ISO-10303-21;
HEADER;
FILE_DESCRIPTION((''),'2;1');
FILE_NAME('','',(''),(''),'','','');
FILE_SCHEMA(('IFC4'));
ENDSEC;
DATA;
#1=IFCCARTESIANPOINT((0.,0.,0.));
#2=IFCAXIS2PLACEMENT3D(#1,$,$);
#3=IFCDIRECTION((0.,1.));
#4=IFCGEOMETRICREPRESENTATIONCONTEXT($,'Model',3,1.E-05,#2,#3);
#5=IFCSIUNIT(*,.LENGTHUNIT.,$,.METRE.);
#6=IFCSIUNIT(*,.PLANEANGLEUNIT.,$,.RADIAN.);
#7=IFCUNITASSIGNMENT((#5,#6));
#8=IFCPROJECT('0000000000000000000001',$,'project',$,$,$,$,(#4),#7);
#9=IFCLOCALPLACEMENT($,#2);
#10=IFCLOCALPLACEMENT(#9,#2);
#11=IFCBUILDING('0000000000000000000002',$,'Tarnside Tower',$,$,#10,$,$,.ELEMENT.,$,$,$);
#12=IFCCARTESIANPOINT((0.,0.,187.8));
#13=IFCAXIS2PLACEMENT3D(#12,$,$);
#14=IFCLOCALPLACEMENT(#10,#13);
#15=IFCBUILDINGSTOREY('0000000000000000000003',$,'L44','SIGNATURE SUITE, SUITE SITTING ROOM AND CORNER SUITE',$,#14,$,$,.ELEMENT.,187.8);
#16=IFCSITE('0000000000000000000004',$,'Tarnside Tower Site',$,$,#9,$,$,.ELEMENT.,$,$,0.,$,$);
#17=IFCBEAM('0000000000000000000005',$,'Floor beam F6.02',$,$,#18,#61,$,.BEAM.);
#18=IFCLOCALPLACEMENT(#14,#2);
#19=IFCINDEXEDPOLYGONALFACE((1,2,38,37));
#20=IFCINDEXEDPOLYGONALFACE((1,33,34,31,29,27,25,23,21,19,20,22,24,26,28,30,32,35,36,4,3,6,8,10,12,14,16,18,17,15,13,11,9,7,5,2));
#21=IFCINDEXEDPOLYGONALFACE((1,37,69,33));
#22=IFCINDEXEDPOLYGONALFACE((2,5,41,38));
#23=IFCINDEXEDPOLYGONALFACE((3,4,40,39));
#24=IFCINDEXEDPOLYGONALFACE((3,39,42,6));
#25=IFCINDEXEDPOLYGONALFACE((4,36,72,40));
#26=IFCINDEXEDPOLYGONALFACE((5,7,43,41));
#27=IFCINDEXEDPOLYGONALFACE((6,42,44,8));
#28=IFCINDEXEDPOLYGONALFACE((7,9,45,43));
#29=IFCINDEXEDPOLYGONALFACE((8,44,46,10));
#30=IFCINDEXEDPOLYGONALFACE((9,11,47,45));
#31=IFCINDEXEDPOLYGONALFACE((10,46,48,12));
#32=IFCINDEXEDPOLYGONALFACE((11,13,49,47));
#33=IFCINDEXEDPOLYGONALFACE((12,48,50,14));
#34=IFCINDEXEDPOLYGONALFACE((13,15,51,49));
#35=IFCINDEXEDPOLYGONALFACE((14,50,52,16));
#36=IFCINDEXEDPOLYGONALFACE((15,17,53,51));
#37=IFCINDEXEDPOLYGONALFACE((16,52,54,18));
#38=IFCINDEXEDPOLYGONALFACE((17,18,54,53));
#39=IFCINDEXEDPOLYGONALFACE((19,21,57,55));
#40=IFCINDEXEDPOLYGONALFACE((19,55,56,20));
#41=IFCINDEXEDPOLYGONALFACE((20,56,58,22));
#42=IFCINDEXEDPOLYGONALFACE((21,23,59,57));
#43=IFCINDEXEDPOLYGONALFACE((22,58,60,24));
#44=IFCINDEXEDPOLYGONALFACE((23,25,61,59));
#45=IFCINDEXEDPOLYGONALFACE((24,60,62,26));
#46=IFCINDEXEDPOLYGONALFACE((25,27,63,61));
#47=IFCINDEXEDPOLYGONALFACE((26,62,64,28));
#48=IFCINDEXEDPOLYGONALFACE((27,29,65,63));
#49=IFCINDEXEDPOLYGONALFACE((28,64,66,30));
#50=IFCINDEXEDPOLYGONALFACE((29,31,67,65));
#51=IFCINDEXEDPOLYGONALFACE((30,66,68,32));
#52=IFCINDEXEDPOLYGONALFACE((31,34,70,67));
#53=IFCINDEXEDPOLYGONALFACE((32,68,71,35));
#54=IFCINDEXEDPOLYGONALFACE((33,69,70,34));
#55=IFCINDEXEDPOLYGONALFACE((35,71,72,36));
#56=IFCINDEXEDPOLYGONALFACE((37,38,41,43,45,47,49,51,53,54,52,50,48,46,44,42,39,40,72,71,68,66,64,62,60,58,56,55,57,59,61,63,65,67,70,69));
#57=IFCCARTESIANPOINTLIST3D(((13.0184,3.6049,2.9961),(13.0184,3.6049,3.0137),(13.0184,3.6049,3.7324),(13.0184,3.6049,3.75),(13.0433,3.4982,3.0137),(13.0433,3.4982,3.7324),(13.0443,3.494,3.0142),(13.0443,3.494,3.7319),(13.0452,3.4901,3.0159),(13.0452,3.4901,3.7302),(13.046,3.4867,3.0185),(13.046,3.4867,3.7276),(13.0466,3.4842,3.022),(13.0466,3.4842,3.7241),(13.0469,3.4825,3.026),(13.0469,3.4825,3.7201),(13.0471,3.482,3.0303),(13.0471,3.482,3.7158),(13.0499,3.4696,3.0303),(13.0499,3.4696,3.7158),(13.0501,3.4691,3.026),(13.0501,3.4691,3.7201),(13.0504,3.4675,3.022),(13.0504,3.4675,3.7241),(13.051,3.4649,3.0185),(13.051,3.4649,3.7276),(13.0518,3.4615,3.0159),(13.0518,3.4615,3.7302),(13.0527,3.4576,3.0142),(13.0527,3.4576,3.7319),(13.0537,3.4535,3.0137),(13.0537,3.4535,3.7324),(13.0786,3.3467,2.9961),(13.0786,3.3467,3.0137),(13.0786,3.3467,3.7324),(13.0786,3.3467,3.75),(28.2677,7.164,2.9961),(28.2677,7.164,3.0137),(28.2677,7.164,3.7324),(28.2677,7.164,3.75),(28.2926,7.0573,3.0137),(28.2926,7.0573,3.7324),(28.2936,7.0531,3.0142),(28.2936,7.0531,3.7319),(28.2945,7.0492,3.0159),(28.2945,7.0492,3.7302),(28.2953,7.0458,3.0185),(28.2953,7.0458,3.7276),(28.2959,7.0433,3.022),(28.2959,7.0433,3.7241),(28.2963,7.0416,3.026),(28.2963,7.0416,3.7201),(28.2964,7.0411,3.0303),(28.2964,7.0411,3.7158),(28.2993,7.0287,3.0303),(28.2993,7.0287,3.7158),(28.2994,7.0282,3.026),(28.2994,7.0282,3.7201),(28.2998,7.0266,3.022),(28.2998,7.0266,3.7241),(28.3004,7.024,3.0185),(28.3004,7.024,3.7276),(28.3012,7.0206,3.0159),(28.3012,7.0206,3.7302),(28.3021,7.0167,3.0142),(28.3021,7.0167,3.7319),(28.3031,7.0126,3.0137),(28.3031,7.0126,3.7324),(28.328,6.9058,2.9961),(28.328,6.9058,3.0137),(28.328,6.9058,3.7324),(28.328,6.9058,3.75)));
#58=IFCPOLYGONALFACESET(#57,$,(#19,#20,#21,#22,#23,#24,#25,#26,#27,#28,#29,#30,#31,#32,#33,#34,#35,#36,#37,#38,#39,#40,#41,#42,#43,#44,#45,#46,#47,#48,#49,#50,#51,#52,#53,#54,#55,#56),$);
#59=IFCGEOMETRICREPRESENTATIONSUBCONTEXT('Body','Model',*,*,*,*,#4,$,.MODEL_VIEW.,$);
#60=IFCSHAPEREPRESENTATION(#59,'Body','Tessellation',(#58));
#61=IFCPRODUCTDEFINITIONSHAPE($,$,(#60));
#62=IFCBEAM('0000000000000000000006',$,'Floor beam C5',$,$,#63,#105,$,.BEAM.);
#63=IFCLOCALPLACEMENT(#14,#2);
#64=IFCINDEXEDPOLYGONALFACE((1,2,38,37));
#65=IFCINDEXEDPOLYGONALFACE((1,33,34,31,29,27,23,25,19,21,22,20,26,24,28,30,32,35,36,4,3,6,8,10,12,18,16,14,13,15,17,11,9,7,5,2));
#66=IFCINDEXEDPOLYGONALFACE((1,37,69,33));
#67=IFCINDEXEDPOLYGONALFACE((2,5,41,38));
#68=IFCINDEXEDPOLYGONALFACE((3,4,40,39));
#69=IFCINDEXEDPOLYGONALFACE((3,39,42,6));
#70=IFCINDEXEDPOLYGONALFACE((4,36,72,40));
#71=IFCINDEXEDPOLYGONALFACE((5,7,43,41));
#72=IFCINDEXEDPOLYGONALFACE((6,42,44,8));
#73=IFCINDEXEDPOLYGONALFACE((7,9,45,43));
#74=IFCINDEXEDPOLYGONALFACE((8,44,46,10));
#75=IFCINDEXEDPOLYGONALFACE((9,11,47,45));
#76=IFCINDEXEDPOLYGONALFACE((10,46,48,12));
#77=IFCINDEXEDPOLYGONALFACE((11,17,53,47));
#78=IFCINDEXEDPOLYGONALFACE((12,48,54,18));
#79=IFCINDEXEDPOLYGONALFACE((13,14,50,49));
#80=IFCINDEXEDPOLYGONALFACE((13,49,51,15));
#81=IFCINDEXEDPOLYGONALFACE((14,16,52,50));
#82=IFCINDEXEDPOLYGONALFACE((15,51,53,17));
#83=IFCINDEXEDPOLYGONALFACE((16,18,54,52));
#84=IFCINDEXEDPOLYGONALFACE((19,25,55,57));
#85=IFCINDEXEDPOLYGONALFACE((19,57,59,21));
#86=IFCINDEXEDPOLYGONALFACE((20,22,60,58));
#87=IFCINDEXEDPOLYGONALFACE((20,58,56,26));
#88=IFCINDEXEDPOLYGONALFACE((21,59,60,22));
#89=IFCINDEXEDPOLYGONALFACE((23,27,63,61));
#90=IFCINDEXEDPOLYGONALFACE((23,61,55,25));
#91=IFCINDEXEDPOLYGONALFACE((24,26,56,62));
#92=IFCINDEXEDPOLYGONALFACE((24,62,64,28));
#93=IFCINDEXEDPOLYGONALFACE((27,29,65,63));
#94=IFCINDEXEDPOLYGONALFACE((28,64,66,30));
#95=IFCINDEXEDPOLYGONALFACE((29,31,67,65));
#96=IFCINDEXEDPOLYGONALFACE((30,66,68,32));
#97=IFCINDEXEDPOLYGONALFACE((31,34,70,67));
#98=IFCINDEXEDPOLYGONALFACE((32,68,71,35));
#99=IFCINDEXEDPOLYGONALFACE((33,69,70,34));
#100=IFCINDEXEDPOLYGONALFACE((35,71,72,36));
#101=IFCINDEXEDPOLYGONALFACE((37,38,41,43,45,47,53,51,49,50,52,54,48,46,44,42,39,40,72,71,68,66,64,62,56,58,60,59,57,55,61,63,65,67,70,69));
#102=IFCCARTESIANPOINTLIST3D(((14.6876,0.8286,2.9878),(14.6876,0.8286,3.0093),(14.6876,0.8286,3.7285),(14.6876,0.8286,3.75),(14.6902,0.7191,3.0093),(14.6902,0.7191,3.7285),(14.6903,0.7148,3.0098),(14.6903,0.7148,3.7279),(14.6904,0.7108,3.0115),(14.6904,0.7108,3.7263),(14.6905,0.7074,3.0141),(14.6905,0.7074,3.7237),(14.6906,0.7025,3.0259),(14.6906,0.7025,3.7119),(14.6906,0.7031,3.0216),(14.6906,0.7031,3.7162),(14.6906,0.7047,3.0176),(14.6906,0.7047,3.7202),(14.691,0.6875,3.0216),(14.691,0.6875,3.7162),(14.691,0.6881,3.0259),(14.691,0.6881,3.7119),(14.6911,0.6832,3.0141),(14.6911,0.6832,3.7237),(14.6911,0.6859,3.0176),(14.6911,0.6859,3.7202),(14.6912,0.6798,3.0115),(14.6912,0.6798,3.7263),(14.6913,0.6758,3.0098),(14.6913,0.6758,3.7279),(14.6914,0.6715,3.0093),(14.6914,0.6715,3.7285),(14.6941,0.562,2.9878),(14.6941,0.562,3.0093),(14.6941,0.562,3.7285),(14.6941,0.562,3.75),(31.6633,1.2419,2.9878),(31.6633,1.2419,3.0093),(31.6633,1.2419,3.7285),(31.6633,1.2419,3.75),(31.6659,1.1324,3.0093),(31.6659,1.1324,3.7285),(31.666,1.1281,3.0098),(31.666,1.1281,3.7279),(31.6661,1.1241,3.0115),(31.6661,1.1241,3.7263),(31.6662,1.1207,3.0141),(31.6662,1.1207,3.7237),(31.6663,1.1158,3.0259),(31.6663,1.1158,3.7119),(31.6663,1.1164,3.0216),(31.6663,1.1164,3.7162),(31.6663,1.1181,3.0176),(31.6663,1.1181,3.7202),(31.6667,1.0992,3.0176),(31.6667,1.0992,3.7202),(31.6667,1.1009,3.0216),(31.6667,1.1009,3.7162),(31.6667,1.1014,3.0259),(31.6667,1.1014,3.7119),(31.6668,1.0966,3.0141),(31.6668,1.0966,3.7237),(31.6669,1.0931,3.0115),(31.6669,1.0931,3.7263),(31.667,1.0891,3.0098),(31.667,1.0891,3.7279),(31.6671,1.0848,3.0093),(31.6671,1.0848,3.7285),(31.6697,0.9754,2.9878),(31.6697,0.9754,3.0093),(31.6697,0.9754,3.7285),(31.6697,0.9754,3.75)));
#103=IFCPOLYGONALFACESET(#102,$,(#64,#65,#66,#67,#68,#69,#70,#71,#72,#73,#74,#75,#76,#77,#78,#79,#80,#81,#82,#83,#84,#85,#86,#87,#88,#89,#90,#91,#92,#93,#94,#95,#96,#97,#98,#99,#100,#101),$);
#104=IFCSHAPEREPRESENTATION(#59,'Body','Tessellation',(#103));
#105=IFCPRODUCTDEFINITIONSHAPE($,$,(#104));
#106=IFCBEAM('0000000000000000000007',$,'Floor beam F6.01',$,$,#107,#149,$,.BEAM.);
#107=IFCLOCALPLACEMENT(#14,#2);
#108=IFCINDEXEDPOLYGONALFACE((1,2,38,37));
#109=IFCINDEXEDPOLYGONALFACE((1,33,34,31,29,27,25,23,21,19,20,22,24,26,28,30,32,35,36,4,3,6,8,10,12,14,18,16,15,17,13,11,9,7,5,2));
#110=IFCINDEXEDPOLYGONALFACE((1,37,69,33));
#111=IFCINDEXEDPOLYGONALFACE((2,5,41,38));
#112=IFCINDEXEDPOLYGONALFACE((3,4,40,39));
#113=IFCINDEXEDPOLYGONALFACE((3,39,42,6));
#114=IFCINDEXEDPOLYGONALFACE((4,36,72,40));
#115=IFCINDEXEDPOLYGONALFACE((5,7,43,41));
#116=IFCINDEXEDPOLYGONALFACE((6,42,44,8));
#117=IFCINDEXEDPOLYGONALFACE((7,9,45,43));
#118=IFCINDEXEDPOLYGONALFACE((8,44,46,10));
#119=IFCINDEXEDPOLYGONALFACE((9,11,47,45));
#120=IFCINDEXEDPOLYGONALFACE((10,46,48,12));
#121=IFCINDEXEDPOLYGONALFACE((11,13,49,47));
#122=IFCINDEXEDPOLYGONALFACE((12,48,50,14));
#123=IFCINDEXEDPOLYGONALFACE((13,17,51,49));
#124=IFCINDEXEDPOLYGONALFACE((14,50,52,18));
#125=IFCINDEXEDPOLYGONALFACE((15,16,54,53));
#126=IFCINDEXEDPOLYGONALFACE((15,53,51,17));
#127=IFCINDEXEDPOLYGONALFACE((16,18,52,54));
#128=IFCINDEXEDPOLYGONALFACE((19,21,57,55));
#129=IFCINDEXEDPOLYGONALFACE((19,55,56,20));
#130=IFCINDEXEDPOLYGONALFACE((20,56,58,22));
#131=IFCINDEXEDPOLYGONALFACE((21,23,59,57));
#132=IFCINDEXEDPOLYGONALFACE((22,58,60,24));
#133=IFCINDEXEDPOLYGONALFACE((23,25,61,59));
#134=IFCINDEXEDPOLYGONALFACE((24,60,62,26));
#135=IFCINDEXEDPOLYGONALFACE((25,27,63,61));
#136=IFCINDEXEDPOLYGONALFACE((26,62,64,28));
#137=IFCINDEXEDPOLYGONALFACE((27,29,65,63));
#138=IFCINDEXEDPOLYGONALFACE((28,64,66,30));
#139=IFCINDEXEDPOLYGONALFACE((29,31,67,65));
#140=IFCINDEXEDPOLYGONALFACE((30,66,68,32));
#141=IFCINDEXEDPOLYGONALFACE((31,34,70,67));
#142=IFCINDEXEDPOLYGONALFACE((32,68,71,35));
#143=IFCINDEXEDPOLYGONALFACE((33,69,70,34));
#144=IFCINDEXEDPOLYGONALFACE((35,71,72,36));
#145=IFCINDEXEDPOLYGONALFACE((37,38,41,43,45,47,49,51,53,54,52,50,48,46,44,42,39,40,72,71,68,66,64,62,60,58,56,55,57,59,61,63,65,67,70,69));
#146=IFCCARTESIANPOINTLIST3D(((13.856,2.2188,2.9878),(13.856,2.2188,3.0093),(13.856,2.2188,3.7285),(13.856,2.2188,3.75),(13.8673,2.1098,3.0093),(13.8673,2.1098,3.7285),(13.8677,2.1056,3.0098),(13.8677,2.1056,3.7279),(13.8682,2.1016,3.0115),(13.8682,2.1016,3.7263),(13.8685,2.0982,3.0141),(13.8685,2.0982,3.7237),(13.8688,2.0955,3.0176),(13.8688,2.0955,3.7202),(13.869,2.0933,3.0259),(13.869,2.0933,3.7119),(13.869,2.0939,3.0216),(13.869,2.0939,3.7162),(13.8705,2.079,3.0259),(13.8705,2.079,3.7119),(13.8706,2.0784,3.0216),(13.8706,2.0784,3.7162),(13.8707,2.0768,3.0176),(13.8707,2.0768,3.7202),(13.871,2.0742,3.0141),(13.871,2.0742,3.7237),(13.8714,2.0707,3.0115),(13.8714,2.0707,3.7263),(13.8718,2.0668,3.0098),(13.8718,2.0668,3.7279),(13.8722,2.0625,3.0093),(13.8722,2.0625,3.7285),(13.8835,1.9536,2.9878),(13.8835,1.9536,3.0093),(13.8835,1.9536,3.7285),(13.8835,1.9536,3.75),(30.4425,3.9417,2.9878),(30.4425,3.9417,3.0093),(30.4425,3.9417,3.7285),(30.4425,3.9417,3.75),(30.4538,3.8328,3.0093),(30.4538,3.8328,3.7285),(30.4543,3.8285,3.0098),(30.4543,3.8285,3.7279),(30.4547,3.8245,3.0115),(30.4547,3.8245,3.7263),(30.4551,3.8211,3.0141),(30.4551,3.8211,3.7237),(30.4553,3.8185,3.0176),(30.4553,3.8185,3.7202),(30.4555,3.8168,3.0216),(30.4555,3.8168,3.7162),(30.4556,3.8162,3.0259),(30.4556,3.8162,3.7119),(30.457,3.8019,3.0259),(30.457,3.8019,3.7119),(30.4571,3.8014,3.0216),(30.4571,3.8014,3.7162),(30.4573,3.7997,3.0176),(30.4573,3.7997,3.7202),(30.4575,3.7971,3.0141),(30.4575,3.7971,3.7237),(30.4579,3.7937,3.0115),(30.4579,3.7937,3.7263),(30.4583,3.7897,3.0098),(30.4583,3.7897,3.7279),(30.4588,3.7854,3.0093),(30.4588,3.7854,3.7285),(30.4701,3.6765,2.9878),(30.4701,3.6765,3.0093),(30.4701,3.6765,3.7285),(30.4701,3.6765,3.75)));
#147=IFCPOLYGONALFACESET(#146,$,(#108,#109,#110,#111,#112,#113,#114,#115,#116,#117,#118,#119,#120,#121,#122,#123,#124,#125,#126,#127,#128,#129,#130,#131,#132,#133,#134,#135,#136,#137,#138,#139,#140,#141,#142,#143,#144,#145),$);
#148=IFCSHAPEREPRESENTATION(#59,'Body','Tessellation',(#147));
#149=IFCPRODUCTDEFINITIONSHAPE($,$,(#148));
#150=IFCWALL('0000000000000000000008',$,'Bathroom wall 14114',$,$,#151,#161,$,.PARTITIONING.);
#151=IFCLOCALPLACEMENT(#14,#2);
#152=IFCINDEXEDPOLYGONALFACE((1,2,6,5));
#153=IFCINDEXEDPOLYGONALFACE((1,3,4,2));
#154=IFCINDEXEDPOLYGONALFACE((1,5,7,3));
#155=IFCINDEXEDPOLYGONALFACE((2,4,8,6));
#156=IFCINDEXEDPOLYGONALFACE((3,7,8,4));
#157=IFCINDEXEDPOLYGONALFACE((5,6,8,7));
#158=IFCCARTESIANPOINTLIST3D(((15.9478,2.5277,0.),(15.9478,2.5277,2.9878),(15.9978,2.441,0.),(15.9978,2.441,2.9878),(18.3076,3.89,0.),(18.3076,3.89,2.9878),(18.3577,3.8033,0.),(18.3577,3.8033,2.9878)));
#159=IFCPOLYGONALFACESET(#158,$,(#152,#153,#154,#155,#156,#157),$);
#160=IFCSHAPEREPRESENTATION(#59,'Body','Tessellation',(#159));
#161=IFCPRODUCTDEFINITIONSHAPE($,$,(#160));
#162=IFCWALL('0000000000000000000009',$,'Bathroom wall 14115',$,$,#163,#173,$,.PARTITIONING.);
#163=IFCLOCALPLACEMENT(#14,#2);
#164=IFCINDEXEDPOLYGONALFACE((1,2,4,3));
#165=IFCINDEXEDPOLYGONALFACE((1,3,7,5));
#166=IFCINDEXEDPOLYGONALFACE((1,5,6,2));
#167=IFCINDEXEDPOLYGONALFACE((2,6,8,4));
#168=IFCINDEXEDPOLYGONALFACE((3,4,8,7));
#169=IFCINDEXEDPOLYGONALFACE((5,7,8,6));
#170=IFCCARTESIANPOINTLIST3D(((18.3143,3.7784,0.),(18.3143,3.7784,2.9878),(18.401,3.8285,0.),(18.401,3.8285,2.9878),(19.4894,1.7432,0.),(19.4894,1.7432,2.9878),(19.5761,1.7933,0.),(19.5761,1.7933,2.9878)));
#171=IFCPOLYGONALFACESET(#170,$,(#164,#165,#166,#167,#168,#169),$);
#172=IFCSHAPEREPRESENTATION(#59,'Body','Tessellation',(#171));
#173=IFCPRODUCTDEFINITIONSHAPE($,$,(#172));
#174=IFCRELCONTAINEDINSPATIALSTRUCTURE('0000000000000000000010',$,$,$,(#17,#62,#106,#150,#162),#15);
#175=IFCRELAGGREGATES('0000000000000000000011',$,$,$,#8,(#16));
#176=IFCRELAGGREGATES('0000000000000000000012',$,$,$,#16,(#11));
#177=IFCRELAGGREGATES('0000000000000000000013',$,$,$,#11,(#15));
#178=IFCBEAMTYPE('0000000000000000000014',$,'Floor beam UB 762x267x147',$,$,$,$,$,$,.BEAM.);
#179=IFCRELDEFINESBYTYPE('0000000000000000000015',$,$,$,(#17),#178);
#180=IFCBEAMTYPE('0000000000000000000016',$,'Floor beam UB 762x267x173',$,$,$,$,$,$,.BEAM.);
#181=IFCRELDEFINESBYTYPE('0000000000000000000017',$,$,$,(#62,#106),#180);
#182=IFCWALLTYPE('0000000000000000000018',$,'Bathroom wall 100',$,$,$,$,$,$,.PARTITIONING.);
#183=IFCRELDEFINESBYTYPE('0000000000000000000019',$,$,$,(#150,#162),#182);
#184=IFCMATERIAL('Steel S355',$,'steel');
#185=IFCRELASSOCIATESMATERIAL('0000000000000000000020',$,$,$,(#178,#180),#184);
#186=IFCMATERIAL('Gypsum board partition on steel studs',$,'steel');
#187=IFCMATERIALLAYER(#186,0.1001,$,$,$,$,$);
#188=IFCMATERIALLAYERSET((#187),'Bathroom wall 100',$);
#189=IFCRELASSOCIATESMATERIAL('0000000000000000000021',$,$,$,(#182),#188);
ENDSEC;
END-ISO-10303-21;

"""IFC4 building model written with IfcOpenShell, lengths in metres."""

from ifc_helpers import new_model, si_unit, direction, frame, frame_2d, origin, origin_2d, place, context, subcontext, project, spatial, rectangle, i_section, extrude, material, layer, layer_set, material_profile, profile_set, type_object, element, save


model = new_model("IFC4")

# Units and contexts
model_context = context("Model", 3, precision=1e-05, world=origin(), true_north=direction((0.0, 1.0)))
body_context = subcontext(model_context, "Body", "Model", "MODEL_VIEW")
ifc_project = project(units=[si_unit("LENGTHUNIT", "METRE"), si_unit("PLANEANGLEUNIT", "RADIAN")], contexts=[model_context])

# Site, building, storey
site_placement = place(None, origin())
site = spatial("IfcSite", under=ifc_project, at=site_placement, Name="Tarnside Tower Site", CompositionType="ELEMENT", RefElevation=0.0)
building_placement = place(site_placement, origin())
building = spatial("IfcBuilding", under=site, at=building_placement, Name="Tarnside Tower", CompositionType="ELEMENT")
storey_placement = place(building_placement, frame((0.0, 0.0, 187.8)))
storey = spatial("IfcBuildingStorey", under=building, at=storey_placement, Name="L44", Description="SIGNATURE SUITE, SUITE SITTING ROOM AND CORNER SUITE", CompositionType="ELEMENT", Elevation=187.8)

# Beams
ifc_material_1 = material(Name="Steel S355", Category="steel")
ifc_material_profile_1 = material_profile(ifc_material_1, i_section(OverallWidth=0.2651, OverallDepth=0.7539, WebThickness=0.0127, FlangeThickness=0.0176, FilletRadius=0.0166, at=origin_2d()), Name="UB 762x267x147")
ifc_profile_set_1 = profile_set([ifc_material_profile_1], Name="Steel S355")
beam_type_1 = type_object("IfcBeamType", Name="Floor beam UB 762x267x147", PredefinedType="BEAM", material=ifc_profile_set_1)
beam_1_placement = place(storey_placement, frame((28.2979, 7.0349, 3.373), z_axis=(-0.973828, -0.227285, 0.0), x_axis=(0.227285, -0.973828, 0.0)))
element("IfcBeam", 1, at=beam_1_placement, inside=storey, type_object=beam_type_1, Name="Floor beam F6.02", PredefinedType="BEAM", context=body_context, shape_type="SweptSolid", body=[
    extrude(i_section(OverallWidth=0.2651, OverallDepth=0.7539, WebThickness=0.0127, FlangeThickness=0.0176, FilletRadius=0.0166, at=origin_2d()), origin(), (0.0, 0.0, 1.0), 15.6592),
])
ifc_material_profile_2 = material_profile(ifc_material_1, i_section(OverallWidth=0.2666, OverallDepth=0.7622, WebThickness=0.0144, FlangeThickness=0.0215, FilletRadius=0.0166, at=origin_2d()), Name="UB 762x267x173")
ifc_profile_set_2 = profile_set([ifc_material_profile_2], Name="Steel S355")
beam_type_2 = type_object("IfcBeamType", Name="Floor beam UB 762x267x173", PredefinedType="BEAM", material=ifc_profile_set_2)
beam_2_placement = place(storey_placement, frame((31.6665, 1.1086, 3.3689), z_axis=(-0.999704, -0.024341, 0.0), x_axis=(0.024341, -0.999704, 0.0)))
element("IfcBeam", 2, at=beam_2_placement, inside=storey, type_object=beam_type_2, Name="Floor beam C5", PredefinedType="BEAM", context=body_context, shape_type="SweptSolid", body=[
    extrude(i_section(OverallWidth=0.2666, OverallDepth=0.7622, WebThickness=0.0144, FlangeThickness=0.0215, FilletRadius=0.0166, at=origin_2d()), origin(), (0.0, 0.0, 1.0), 16.9807),
])
beam_3_placement = place(storey_placement, frame((30.4563, 3.8091, 3.3689), z_axis=(-0.994648, -0.103318, 0.0), x_axis=(0.103318, -0.994648, 0.0)))
element("IfcBeam", 3, at=beam_3_placement, inside=storey, type_object=beam_type_2, Name="Floor beam F6.01", PredefinedType="BEAM", context=body_context, shape_type="SweptSolid", body=[
    extrude(i_section(OverallWidth=0.2666, OverallDepth=0.7622, WebThickness=0.0144, FlangeThickness=0.0215, FilletRadius=0.0166, at=origin_2d()), origin(), (0.0, 0.0, 1.0), 16.6758),
])

# Walls
ifc_material_2 = material(Name="Gypsum board partition on steel studs", Category="steel")
ifc_layer_1 = layer(ifc_material_2, 0.1001)
ifc_layer_set_1 = layer_set([ifc_layer_1], Name="Bathroom wall 100")
wall_type_1 = type_object("IfcWallType", Name="Bathroom wall 100", PredefinedType="PARTITIONING", material=ifc_layer_set_1)
wall_1_placement = place(storey_placement, frame((15.9729, 2.4844, 0.0), z_axis=(0.0, 0.0, 1.0), x_axis=(0.866051, 0.499955, 0.0)))
element("IfcWall", 4, at=wall_1_placement, inside=storey, type_object=wall_type_1, Name="Bathroom wall 14114", PredefinedType="PARTITIONING", context=body_context, shape_type="SweptSolid", body=[
    extrude(rectangle(XDim=2.7249, YDim=0.1001, at=frame_2d((1.3623, 0.0))), origin(), (0.0, 0.0, 1.0), 2.9878),
])
wall_2_placement = place(storey_placement, frame((18.3577, 3.8035, 0.0), z_axis=(0.0, 0.0, 1.0), x_axis=(0.500016, -0.866016, 0.0)))
element("IfcWall", 5, at=wall_2_placement, inside=storey, type_object=wall_type_1, Name="Bathroom wall 14115", PredefinedType="PARTITIONING", context=body_context, shape_type="SweptSolid", body=[
    extrude(rectangle(XDim=2.3501, YDim=0.1001, at=frame_2d((1.175, 0.0))), origin(), (0.0, 0.0, 1.0), 2.9878),
])

save(model, "model.ifc")
